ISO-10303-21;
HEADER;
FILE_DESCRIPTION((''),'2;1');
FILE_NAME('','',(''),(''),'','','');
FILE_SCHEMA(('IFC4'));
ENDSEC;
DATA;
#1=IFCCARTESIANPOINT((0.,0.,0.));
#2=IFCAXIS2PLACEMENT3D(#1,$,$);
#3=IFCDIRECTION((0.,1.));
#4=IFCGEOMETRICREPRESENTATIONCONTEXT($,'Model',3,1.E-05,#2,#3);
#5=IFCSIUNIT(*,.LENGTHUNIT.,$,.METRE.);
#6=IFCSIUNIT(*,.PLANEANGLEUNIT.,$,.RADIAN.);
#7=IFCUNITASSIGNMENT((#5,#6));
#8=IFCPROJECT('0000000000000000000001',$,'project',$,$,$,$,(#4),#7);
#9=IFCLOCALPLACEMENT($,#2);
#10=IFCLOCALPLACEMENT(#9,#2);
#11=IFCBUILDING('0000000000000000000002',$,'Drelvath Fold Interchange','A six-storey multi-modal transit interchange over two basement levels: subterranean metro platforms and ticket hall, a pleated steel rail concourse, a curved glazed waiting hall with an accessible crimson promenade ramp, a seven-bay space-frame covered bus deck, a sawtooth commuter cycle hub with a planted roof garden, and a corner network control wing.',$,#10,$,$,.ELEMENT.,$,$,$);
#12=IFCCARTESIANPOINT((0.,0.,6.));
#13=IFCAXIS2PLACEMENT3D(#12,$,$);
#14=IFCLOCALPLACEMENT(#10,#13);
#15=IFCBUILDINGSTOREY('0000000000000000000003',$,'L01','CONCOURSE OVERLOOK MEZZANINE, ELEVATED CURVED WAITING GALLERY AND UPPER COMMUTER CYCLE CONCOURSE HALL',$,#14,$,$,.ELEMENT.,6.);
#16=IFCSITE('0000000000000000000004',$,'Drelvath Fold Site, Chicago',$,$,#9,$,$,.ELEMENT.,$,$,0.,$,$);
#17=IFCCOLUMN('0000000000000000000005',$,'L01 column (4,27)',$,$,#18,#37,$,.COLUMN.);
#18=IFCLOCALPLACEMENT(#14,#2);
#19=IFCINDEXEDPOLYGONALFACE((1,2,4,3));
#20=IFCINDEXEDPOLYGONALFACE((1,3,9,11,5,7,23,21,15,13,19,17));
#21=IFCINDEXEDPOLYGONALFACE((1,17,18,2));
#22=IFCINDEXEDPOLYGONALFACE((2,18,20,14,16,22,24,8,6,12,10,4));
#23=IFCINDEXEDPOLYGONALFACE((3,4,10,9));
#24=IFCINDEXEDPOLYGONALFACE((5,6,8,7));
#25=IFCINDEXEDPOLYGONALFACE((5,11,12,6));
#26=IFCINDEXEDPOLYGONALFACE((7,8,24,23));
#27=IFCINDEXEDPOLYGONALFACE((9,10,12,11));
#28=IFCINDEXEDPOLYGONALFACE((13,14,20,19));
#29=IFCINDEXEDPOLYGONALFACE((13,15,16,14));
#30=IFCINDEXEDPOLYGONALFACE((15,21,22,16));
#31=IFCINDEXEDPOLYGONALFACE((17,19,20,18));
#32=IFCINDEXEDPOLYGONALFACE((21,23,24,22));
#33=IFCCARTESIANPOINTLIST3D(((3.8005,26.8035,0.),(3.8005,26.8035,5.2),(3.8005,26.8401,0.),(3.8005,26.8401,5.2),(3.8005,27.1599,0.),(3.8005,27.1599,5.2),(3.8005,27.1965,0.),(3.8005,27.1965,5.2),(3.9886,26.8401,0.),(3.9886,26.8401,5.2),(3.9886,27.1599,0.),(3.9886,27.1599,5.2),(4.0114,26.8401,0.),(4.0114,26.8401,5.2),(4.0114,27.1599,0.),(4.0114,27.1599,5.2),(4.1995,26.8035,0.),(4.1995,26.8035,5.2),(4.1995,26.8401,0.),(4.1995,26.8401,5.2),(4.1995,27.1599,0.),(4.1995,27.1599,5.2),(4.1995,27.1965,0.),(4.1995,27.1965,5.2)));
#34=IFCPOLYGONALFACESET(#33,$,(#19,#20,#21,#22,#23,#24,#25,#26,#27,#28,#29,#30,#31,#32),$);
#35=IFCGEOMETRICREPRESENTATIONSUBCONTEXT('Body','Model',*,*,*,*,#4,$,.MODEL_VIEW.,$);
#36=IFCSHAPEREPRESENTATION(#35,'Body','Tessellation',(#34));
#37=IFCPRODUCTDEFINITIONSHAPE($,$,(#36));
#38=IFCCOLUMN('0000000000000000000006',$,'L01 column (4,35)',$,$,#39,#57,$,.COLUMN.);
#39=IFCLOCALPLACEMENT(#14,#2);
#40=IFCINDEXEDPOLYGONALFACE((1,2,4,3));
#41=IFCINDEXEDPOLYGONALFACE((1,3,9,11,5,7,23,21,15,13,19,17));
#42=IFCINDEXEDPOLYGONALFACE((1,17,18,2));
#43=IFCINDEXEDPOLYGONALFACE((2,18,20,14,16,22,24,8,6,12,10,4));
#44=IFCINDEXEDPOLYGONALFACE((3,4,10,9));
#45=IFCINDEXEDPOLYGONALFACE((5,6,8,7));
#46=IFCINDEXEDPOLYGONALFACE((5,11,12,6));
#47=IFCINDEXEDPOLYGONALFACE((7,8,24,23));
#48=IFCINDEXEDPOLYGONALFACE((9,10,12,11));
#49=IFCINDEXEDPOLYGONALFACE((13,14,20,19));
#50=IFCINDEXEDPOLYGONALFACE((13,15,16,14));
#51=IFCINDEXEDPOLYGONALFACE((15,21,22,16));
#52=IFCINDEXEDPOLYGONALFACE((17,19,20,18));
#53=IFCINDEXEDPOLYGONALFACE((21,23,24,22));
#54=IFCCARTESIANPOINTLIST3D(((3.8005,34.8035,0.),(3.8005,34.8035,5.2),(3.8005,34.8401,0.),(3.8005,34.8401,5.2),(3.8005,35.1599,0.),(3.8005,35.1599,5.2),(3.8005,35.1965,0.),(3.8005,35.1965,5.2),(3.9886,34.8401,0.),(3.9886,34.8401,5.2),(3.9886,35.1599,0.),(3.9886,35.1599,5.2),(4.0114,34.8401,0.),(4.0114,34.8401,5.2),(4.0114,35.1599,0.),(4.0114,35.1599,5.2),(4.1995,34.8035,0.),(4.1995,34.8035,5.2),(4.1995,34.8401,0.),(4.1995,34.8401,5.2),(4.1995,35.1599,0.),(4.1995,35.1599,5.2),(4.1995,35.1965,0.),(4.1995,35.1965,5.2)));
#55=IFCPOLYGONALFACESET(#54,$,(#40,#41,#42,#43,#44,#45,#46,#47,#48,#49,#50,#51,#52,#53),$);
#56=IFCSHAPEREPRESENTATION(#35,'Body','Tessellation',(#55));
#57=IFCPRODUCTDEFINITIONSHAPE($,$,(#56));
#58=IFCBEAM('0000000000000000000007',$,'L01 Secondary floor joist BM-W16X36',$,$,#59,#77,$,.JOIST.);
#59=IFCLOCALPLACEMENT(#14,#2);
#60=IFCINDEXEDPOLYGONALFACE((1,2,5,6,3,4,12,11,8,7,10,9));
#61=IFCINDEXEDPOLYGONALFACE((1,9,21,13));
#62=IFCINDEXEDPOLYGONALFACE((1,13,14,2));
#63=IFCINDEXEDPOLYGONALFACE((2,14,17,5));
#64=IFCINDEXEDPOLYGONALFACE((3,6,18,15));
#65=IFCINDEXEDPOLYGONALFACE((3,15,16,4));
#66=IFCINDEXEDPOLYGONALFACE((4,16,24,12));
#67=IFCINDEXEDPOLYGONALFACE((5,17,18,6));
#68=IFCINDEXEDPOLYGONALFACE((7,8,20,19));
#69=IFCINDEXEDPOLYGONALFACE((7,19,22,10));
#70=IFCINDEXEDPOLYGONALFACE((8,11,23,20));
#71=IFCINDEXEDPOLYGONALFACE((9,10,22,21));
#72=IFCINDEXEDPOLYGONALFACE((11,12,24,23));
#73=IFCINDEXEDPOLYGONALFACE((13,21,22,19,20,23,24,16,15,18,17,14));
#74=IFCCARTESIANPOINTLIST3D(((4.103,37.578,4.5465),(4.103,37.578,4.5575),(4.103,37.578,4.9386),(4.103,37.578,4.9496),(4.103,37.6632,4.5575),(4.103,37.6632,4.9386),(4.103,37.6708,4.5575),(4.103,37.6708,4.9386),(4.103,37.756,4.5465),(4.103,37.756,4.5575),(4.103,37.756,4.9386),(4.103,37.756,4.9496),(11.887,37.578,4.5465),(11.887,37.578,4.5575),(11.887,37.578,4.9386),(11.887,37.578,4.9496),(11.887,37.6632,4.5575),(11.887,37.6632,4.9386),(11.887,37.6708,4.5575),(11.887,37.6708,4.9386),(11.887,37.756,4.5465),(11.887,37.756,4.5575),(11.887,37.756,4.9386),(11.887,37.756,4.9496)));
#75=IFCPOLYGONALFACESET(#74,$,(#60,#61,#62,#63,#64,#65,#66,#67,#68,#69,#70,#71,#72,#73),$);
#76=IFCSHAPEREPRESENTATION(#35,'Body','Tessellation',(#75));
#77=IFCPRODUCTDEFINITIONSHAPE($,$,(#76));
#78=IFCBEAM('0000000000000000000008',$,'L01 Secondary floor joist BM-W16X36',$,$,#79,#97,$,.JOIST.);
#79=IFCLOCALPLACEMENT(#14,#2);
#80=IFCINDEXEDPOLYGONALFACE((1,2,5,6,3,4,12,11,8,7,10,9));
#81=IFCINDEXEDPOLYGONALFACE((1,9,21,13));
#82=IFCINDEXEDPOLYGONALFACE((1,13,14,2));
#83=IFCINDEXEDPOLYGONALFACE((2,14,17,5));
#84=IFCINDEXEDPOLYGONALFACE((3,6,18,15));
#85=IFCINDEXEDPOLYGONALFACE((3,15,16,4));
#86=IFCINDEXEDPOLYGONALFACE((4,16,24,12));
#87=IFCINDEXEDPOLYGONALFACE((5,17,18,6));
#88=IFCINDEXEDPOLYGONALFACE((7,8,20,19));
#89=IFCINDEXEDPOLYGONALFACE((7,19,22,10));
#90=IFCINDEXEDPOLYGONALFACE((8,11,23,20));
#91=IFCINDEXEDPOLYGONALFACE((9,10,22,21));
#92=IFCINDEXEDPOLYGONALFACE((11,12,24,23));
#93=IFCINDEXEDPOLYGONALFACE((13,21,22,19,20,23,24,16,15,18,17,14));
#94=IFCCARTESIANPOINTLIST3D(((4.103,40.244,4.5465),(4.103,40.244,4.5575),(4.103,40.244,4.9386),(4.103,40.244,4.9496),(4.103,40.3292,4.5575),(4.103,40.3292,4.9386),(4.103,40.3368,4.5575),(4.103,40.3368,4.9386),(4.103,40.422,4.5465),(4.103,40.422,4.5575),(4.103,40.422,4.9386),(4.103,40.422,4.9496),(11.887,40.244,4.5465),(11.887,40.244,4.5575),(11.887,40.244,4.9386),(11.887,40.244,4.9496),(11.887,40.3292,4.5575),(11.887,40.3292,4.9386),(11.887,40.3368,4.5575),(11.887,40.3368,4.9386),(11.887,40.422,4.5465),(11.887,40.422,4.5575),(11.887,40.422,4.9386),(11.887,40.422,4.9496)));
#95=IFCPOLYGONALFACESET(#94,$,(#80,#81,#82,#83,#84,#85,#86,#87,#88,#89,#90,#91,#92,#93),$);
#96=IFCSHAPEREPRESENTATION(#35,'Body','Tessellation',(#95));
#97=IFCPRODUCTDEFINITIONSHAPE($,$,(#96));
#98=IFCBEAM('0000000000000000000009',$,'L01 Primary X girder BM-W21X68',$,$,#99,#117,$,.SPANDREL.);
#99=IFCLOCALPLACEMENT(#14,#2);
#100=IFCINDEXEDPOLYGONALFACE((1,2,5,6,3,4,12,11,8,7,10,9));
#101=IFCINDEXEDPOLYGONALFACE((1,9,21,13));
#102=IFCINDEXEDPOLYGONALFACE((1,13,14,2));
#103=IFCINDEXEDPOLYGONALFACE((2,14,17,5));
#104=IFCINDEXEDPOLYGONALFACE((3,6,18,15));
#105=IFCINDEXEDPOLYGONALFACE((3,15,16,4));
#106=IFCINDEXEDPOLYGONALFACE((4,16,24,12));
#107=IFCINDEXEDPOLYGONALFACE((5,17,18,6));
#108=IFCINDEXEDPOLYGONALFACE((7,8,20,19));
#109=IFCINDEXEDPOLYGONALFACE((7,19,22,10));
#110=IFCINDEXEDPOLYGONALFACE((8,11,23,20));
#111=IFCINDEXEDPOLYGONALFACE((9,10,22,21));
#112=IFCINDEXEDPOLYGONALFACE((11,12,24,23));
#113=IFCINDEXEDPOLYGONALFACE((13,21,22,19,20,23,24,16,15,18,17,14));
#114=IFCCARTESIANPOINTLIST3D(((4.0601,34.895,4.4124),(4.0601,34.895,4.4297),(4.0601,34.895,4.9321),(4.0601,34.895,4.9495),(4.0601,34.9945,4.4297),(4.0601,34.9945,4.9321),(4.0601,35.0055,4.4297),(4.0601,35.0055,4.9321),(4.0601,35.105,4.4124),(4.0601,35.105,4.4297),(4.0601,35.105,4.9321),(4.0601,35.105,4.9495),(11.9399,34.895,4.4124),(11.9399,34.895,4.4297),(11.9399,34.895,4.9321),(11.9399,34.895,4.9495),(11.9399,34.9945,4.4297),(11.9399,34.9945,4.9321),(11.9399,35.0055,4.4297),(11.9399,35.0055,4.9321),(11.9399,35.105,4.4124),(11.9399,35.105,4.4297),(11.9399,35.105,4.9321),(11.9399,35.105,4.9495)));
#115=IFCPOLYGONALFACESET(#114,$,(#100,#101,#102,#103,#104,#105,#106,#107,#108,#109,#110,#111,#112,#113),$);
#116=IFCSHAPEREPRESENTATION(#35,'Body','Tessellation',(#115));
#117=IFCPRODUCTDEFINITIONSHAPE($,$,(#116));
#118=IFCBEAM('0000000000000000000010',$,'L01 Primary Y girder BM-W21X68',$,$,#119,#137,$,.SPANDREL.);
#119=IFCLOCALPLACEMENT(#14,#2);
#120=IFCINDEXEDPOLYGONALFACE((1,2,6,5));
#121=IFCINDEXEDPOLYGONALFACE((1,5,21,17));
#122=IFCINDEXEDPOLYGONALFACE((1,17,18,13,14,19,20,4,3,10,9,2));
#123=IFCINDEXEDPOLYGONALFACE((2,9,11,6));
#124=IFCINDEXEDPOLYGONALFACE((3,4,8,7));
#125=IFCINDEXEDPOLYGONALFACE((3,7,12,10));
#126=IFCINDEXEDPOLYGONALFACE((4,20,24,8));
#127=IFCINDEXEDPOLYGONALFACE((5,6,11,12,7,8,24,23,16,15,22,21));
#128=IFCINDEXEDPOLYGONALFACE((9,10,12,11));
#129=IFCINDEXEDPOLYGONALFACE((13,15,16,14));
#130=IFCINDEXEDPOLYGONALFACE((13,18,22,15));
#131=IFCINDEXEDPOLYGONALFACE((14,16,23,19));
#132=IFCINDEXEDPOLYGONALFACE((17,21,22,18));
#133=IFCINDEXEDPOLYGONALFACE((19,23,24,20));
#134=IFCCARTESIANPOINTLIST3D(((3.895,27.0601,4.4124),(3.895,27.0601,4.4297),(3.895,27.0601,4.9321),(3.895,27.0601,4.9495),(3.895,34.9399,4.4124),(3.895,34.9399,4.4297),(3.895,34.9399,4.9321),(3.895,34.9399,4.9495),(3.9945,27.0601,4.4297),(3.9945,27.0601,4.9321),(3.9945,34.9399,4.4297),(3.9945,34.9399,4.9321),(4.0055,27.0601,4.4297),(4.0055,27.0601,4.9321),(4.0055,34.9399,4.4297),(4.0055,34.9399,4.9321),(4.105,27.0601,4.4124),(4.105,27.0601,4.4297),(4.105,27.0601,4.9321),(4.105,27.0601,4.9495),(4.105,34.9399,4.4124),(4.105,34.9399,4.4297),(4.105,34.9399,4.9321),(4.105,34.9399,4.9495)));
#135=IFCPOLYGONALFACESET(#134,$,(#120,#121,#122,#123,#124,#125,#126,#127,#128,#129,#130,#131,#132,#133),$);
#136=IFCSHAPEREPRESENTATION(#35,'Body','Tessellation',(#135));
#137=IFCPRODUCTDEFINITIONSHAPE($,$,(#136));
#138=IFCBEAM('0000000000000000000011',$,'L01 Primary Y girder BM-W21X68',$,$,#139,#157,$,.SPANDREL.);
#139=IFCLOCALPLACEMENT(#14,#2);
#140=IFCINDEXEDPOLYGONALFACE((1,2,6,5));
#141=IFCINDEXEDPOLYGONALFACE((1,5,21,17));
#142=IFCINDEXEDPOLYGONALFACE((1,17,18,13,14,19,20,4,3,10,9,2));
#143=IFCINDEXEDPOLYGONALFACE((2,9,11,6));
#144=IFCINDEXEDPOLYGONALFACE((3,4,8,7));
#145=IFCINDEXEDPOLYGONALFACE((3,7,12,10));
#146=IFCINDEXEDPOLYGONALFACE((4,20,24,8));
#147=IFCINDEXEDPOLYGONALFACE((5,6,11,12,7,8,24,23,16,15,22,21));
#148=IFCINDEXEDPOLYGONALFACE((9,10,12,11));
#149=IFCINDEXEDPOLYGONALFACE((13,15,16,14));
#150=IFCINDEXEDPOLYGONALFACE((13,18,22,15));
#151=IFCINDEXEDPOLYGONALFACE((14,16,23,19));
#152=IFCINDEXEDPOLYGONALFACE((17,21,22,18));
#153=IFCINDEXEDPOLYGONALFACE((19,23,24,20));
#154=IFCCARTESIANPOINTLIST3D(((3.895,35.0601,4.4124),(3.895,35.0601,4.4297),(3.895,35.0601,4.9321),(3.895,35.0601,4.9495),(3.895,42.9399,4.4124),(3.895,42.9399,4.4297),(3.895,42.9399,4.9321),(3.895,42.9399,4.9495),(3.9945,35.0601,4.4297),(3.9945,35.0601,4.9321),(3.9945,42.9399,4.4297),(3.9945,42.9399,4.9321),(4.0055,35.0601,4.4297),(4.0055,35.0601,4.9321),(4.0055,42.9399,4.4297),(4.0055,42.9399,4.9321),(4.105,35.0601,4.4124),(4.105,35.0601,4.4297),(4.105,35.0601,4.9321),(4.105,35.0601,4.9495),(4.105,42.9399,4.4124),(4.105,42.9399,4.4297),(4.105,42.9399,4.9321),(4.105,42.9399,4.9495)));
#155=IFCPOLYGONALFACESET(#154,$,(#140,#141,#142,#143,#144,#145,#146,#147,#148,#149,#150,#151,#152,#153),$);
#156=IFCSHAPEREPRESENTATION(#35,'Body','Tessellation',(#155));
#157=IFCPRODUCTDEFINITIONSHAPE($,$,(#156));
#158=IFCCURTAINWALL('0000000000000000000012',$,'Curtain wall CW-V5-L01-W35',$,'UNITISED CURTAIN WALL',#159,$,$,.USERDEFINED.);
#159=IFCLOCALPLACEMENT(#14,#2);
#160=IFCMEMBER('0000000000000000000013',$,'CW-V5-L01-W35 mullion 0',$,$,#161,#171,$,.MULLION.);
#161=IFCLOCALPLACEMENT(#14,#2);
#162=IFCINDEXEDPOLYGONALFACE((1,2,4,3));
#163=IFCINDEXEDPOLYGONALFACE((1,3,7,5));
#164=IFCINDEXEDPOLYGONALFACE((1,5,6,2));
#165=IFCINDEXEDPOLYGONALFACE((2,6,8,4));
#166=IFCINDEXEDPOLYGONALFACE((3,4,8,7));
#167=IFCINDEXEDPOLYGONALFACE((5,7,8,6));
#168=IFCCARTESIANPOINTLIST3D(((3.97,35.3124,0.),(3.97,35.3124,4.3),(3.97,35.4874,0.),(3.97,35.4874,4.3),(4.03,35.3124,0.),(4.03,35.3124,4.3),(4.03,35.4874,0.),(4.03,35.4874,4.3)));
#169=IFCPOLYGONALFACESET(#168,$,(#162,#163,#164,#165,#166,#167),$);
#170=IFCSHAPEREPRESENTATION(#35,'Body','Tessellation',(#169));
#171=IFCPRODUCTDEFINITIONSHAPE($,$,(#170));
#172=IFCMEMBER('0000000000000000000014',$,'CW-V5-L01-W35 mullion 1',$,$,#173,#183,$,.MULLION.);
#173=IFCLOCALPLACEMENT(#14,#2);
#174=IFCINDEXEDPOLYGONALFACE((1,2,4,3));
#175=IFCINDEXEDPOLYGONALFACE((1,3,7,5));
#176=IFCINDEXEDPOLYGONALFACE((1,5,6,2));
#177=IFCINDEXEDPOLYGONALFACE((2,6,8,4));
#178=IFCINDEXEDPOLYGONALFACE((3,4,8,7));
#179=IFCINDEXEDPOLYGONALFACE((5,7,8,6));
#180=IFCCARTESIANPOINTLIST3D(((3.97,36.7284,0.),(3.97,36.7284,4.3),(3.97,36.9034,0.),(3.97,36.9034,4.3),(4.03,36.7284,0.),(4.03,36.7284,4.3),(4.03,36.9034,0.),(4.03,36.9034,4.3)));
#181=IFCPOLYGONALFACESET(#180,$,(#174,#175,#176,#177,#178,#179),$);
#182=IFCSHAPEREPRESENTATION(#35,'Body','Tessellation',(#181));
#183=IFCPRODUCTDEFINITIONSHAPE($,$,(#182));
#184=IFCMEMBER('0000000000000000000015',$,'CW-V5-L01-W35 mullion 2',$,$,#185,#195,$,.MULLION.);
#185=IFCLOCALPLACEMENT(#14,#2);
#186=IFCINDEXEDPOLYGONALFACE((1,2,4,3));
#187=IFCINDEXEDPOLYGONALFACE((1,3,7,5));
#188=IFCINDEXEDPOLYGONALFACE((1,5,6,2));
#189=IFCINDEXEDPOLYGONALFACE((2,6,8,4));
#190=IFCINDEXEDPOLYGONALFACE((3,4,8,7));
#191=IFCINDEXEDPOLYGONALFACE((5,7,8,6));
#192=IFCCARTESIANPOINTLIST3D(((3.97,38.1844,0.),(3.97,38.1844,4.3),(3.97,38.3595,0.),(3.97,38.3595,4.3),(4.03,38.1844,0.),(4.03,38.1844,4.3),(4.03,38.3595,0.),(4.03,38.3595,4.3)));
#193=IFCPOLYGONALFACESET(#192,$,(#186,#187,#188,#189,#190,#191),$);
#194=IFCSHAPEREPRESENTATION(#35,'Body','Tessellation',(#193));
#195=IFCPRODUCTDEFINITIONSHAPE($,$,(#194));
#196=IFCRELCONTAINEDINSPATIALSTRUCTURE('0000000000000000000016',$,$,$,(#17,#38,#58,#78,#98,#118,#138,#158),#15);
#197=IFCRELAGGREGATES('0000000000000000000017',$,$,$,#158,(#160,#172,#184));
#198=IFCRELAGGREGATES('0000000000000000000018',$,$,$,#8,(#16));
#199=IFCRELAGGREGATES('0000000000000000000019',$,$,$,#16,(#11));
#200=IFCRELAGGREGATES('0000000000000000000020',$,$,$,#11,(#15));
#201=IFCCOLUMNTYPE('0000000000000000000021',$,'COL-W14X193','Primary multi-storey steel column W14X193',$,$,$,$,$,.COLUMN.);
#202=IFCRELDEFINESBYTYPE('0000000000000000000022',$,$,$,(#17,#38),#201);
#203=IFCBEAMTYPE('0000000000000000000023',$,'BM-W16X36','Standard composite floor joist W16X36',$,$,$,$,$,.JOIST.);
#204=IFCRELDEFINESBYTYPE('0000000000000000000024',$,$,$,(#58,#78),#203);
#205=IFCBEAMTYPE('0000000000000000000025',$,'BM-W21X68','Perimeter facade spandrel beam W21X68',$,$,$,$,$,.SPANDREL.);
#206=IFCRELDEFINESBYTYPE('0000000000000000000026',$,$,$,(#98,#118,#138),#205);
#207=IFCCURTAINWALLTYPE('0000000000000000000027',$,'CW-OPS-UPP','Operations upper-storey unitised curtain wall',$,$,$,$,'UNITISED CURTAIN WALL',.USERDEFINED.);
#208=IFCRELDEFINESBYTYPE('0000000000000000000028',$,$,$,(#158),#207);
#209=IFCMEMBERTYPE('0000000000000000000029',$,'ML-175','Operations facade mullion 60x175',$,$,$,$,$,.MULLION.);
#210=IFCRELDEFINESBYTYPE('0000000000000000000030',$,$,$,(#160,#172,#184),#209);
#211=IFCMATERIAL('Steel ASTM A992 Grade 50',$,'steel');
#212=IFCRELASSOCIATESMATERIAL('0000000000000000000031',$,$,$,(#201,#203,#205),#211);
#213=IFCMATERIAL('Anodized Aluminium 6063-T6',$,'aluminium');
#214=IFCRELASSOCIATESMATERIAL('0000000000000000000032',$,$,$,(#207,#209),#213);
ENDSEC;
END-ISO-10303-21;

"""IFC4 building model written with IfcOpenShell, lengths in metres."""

from ifc_helpers import new_model, si_unit, direction, frame, origin, origin_2d, place, context, subcontext, project, spatial, rectangle, i_section, extrude, material, material_profile, profile_set, type_object, element, aggregate, save


model = new_model("IFC4")

# Units and contexts
model_context = context("Model", 3, precision=1e-05, world=origin(), true_north=direction((0.0, 1.0)))
body_context = subcontext(model_context, "Body", "Model", "MODEL_VIEW")
ifc_project = project(units=[si_unit("LENGTHUNIT", "METRE"), si_unit("PLANEANGLEUNIT", "RADIAN")], contexts=[model_context])

# Site, building, storey
site_placement = place(None, origin())
site = spatial("IfcSite", under=ifc_project, at=site_placement, Name="Drelvath Fold Site, Chicago", CompositionType="ELEMENT", RefElevation=0.0)
building_placement = place(site_placement, origin())
building = spatial("IfcBuilding", under=site, at=building_placement, Name="Drelvath Fold Interchange", Description="A six-storey multi-modal transit interchange over two basement levels: subterranean metro platforms and ticket hall, a pleated steel rail concourse, a curved glazed waiting hall with an accessible crimson promenade ramp, a seven-bay space-frame covered bus deck, a sawtooth commuter cycle hub with a planted roof garden, and a corner network control wing.", CompositionType="ELEMENT")
storey_placement = place(building_placement, frame((0.0, 0.0, 6.0)))
storey = spatial("IfcBuildingStorey", under=building, at=storey_placement, Name="L01", Description="CONCOURSE OVERLOOK MEZZANINE, ELEVATED CURVED WAITING GALLERY AND UPPER COMMUTER CYCLE CONCOURSE HALL", CompositionType="ELEMENT", Elevation=6.0)

# Columns
ifc_material_1 = material(Name="Steel ASTM A992 Grade 50", Category="steel")
ifc_material_profile_1 = material_profile(ifc_material_1, i_section(OverallWidth=0.3989, OverallDepth=0.3931, WebThickness=0.0227, FlangeThickness=0.0366, at=origin_2d()), Name="W14X193")
ifc_profile_set_1 = profile_set([ifc_material_profile_1], Name="Steel ASTM A992 Grade 50")
column_type = type_object("IfcColumnType", Name="COL-W14X193", Description="Primary multi-storey steel column W14X193", PredefinedType="COLUMN", material=ifc_profile_set_1)
for number, where, z_axis, x_axis, name in (
    (1, (4.0, 27.0, 0.0), (0.0, 0.0, 1.0), (1.0, 0.0, 0.0), "L01 column (4,27)"),
    (2, (4.0, 35.0, 0.0), (0.0, 0.0, 1.0), (1.0, 0.0, 0.0), "L01 column (4,35)"),
):
    element("IfcColumn", number, at=place(storey_placement, frame(where, z_axis=z_axis, x_axis=x_axis)), inside=storey, type_object=column_type, Name=name, PredefinedType="COLUMN", context=body_context, shape_type="SweptSolid", body=[
        extrude(i_section(OverallWidth=0.3989, OverallDepth=0.3931, WebThickness=0.0227, FlangeThickness=0.0366, at=origin_2d()), origin(), (0.0, 0.0, 1.0), 5.2),
    ])

# Beams
ifc_material_profile_2 = material_profile(ifc_material_1, i_section(OverallWidth=0.178, OverallDepth=0.4031, WebThickness=0.0076, FlangeThickness=0.011, at=origin_2d()), Name="W16X36")
ifc_profile_set_2 = profile_set([ifc_material_profile_2], Name="Steel ASTM A992 Grade 50")
beam_type_1 = type_object("IfcBeamType", Name="BM-W16X36", Description="Standard composite floor joist W16X36", PredefinedType="JOIST", material=ifc_profile_set_2)
for number, where, z_axis, x_axis, name in (
    (3, (4.103, 37.667, 4.748), (1.0, 0.0, 0.0), (0.0, 1.0, 0.0), "L01 Secondary floor joist BM-W16X36"),
    (4, (4.103, 40.333, 4.748), (1.0, 0.0, 0.0), (0.0, 1.0, 0.0), "L01 Secondary floor joist BM-W16X36"),
):
    element("IfcBeam", number, at=place(storey_placement, frame(where, z_axis=z_axis, x_axis=x_axis)), inside=storey, type_object=beam_type_1, Name=name, PredefinedType="JOIST", context=body_context, shape_type="SweptSolid", body=[
        extrude(i_section(OverallWidth=0.178, OverallDepth=0.4031, WebThickness=0.0076, FlangeThickness=0.011, at=origin_2d()), origin(), (0.0, 0.0, 1.0), 7.7839),
    ])
ifc_material_profile_3 = material_profile(ifc_material_1, i_section(OverallWidth=0.21, OverallDepth=0.5371, WebThickness=0.011, FlangeThickness=0.0173, at=origin_2d()), Name="W21X68")
ifc_profile_set_3 = profile_set([ifc_material_profile_3], Name="Steel ASTM A992 Grade 50")
beam_type_2 = type_object("IfcBeamType", Name="BM-W21X68", Description="Perimeter facade spandrel beam W21X68", PredefinedType="SPANDREL", material=ifc_profile_set_3)
for number, where, z_axis, x_axis, name in (
    (5, (4.0601, 35.0, 4.6809), (1.0, 0.0, 0.0), (0.0, 1.0, 0.0), "L01 Primary X girder BM-W21X68"),
    (6, (4.0, 27.0601, 4.6809), (0.0, 1.0, 0.0), (-1.0, 0.0, 0.0), "L01 Primary Y girder BM-W21X68"),
    (7, (4.0, 35.0601, 4.6809), (0.0, 1.0, 0.0), (-1.0, 0.0, 0.0), "L01 Primary Y girder BM-W21X68"),
):
    element("IfcBeam", number, at=place(storey_placement, frame(where, z_axis=z_axis, x_axis=x_axis)), inside=storey, type_object=beam_type_2, Name=name, PredefinedType="SPANDREL", context=body_context, shape_type="SweptSolid", body=[
        extrude(i_section(OverallWidth=0.21, OverallDepth=0.5371, WebThickness=0.011, FlangeThickness=0.0173, at=origin_2d()), origin(), (0.0, 0.0, 1.0), 7.8799),
    ])

# Curtain wall, members
ifc_material_2 = material(Name="Anodized Aluminium 6063-T6", Category="aluminium")
curtain_wall_type = type_object("IfcCurtainWallType", Name="CW-OPS-UPP", Description="Operations upper-storey unitised curtain wall", ElementType="UNITISED CURTAIN WALL", PredefinedType="USERDEFINED", material=ifc_material_2)
curtain_wall_placement = place(storey_placement, origin())
curtain_wall = element("IfcCurtainWall", 8, at=curtain_wall_placement, inside=storey, type_object=curtain_wall_type, Name="Curtain wall CW-V5-L01-W35", ObjectType="UNITISED CURTAIN WALL", PredefinedType="USERDEFINED")
ifc_material_profile_4 = material_profile(ifc_material_2, rectangle(XDim=0.0601, YDim=0.175, at=origin_2d()), Name="AL-M 60x175")
ifc_profile_set_4 = profile_set([ifc_material_profile_4], Name="Anodized Aluminium 6063-T6")
member_type_1 = type_object("IfcMemberType", Name="ML-175", Description="Operations facade mullion 60x175", PredefinedType="MULLION", material=ifc_profile_set_4)
member_1_placement = place(storey_placement, frame((4.0, 35.3999, 0.0), z_axis=(0.0, 0.0, 1.0), x_axis=(1.0, 0.0, 0.0)))
member_1 = element("IfcMember", 9, at=member_1_placement, type_object=member_type_1, Name="CW-V5-L01-W35 mullion 0", PredefinedType="MULLION", context=body_context, shape_type="SweptSolid", body=[
    extrude(rectangle(XDim=0.0601, YDim=0.175, at=origin_2d()), origin(), (0.0, 0.0, 1.0), 4.3),
])
member_2_placement = place(storey_placement, frame((4.0, 36.8159, 0.0), z_axis=(0.0, 0.0, 1.0), x_axis=(1.0, 0.0, 0.0)))
member_2 = element("IfcMember", 10, at=member_2_placement, type_object=member_type_1, Name="CW-V5-L01-W35 mullion 1", PredefinedType="MULLION", context=body_context, shape_type="SweptSolid", body=[
    extrude(rectangle(XDim=0.0601, YDim=0.175, at=origin_2d()), origin(), (0.0, 0.0, 1.0), 4.3),
])
member_3_placement = place(storey_placement, frame((4.0, 38.272, 0.0), z_axis=(0.0, 0.0, 1.0), x_axis=(1.0, 0.0, 0.0)))
member_3 = element("IfcMember", 11, at=member_3_placement, type_object=member_type_1, Name="CW-V5-L01-W35 mullion 2", PredefinedType="MULLION", context=body_context, shape_type="SweptSolid", body=[
    extrude(rectangle(XDim=0.0601, YDim=0.175, at=origin_2d()), origin(), (0.0, 0.0, 1.0), 4.3),
])
aggregate(curtain_wall, [member_1, member_2, member_3])

save(model, "model.ifc")
